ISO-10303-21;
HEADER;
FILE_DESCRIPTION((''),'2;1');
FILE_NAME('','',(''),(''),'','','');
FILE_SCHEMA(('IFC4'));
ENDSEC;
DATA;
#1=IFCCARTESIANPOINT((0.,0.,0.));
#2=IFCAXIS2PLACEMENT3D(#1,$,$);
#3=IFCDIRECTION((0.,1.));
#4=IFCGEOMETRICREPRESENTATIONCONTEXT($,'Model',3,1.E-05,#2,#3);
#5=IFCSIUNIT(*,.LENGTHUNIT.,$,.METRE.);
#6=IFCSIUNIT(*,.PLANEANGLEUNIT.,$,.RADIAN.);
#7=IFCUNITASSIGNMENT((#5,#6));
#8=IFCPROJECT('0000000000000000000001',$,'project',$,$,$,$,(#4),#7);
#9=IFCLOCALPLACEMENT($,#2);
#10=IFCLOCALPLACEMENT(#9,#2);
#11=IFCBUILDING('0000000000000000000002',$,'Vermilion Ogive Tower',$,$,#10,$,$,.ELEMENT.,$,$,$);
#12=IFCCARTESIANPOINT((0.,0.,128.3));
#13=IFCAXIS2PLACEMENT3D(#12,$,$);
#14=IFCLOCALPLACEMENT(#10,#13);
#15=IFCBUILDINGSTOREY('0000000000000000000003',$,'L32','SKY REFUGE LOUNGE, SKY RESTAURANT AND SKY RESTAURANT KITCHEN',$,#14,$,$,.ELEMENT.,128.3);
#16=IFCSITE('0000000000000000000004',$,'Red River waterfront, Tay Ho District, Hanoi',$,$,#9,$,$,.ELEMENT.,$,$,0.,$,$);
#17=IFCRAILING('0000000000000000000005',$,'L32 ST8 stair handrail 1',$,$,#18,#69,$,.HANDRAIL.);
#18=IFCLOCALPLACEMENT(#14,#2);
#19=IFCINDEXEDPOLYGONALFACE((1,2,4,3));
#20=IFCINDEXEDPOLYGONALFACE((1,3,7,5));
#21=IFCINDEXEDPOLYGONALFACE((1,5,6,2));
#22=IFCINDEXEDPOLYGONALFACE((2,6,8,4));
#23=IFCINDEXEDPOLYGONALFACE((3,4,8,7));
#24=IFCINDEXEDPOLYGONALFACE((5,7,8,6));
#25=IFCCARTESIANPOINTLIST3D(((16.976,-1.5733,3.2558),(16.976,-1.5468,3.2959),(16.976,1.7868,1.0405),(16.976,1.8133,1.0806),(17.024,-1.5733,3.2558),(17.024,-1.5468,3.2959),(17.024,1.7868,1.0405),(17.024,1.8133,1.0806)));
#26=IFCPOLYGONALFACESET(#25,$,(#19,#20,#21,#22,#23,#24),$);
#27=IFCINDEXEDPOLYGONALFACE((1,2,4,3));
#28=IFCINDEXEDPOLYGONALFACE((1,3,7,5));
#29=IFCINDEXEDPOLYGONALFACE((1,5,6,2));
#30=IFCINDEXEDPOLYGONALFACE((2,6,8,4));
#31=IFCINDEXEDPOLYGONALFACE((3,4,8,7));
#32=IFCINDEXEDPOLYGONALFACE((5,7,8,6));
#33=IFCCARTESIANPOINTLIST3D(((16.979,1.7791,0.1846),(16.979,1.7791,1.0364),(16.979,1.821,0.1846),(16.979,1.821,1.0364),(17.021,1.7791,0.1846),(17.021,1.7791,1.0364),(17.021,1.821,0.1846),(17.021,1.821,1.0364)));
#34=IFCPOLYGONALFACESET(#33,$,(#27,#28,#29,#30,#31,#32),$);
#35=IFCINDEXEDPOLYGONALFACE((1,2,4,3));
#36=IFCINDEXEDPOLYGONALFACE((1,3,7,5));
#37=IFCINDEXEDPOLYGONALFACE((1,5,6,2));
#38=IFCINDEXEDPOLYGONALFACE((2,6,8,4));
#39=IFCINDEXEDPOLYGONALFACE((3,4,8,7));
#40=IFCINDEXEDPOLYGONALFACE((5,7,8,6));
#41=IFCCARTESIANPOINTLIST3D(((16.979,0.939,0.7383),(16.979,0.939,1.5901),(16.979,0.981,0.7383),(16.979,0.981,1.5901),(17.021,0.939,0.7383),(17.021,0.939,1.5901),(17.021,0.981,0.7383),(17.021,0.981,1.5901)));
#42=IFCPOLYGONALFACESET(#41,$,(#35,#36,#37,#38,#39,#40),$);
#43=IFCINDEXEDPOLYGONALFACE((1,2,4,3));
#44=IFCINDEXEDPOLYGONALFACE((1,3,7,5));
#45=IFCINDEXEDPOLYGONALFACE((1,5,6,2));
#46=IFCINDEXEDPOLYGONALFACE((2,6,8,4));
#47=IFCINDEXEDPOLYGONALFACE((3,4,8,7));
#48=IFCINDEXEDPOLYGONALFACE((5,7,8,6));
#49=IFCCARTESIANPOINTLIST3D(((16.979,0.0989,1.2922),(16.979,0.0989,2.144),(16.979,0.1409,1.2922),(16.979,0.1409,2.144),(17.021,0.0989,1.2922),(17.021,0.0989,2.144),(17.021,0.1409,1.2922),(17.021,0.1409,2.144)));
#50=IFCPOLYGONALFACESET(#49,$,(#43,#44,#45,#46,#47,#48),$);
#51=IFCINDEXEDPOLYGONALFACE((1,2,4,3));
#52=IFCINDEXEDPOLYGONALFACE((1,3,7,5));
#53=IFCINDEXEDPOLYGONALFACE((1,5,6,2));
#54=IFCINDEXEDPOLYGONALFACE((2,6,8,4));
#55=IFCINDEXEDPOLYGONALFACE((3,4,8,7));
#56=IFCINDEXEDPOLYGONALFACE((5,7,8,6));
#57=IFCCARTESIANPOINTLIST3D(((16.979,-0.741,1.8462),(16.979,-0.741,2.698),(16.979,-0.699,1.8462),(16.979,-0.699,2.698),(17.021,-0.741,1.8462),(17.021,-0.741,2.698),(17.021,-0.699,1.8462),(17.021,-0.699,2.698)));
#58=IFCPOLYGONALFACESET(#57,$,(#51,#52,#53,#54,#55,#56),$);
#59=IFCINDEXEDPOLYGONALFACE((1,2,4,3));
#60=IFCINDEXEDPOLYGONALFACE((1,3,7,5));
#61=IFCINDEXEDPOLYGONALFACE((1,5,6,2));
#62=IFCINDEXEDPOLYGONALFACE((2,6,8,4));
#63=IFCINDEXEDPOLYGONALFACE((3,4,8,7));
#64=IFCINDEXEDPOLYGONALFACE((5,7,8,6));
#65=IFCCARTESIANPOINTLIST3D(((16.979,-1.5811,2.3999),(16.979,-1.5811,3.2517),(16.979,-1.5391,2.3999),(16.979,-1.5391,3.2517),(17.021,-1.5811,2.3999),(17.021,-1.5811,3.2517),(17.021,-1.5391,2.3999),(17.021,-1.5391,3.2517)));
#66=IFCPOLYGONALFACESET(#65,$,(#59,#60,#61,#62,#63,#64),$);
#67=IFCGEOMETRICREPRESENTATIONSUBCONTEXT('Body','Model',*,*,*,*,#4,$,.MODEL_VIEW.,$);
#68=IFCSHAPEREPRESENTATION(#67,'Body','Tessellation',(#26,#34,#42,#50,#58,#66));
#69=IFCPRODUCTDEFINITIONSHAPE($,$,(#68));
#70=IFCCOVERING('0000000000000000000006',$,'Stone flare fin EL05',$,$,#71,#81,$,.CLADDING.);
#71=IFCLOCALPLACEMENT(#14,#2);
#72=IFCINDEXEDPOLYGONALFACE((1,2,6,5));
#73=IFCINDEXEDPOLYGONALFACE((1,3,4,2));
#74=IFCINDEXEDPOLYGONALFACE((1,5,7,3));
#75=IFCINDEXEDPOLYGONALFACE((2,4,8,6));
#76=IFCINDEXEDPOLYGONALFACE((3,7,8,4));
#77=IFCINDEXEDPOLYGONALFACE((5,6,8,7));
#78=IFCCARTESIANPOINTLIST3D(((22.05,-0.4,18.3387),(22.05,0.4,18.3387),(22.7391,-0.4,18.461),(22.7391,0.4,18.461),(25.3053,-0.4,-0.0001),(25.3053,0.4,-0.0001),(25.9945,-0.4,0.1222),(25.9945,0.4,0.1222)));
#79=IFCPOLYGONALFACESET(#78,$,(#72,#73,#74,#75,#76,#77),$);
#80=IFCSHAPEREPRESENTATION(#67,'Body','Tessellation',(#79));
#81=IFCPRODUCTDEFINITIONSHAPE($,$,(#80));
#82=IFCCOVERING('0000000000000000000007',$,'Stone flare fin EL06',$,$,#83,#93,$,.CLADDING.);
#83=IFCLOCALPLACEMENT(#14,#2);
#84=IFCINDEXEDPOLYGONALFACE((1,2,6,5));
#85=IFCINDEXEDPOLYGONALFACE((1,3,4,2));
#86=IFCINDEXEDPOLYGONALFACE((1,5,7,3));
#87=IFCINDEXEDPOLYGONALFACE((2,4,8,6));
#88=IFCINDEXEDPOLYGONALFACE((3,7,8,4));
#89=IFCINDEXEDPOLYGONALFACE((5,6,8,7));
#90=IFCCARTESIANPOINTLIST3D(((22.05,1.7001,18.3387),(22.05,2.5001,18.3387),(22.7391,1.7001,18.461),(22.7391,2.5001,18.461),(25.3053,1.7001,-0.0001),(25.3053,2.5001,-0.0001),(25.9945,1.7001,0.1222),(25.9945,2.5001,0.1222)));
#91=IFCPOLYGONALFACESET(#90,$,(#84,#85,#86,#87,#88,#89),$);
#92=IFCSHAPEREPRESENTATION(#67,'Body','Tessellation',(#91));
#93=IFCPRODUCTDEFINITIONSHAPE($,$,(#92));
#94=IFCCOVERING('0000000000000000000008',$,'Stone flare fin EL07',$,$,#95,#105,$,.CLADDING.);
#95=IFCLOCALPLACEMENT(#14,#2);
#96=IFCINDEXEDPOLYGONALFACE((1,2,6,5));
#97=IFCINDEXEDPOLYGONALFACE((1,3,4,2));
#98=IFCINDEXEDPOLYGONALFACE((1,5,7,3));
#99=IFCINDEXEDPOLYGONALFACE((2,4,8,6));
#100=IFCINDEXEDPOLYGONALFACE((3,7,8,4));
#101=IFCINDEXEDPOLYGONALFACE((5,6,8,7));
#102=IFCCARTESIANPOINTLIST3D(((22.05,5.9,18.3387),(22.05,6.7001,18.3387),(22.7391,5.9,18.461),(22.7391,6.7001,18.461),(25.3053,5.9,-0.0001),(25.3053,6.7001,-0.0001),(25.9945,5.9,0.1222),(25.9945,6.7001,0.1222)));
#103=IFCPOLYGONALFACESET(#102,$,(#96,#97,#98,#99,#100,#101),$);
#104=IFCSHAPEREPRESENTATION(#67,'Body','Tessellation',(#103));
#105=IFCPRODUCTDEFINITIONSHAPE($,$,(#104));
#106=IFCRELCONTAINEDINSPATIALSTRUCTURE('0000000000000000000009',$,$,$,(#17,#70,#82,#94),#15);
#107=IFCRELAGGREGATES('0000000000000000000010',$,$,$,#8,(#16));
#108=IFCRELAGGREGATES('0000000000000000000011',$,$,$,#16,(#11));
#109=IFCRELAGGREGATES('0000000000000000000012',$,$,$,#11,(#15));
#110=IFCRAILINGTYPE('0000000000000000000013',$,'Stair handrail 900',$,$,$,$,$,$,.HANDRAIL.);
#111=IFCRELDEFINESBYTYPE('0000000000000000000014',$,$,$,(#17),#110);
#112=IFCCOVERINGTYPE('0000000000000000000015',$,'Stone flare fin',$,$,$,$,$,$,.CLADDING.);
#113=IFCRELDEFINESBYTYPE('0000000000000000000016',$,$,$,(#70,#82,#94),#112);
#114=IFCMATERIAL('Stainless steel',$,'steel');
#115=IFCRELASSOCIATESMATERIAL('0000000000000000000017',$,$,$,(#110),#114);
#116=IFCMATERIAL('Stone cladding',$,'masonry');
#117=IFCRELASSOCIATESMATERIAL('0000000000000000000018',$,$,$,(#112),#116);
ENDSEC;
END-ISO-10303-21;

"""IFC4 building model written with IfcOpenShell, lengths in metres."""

from ifc_helpers import new_model, si_unit, direction, frame, origin, origin_2d, place, context, subcontext, project, spatial, rectangle, extrude, material, material_profile, profile_set, type_object, element, save


model = new_model("IFC4")

# Units and contexts
model_context = context("Model", 3, precision=1e-05, world=origin(), true_north=direction((0.0, 1.0)))
body_context = subcontext(model_context, "Body", "Model", "MODEL_VIEW")
ifc_project = project(units=[si_unit("LENGTHUNIT", "METRE"), si_unit("PLANEANGLEUNIT", "RADIAN")], contexts=[model_context])

# Site, building, storey
site_placement = place(None, origin())
site = spatial("IfcSite", under=ifc_project, at=site_placement, Name="Red River waterfront, Tay Ho District, Hanoi", CompositionType="ELEMENT", RefElevation=0.0)
building_placement = place(site_placement, origin())
building = spatial("IfcBuilding", under=site, at=building_placement, Name="Vermilion Ogive Tower", CompositionType="ELEMENT")
storey_placement = place(building_placement, frame((0.0, 0.0, 128.3)))
storey = spatial("IfcBuildingStorey", under=building, at=storey_placement, Name="L32", Description="SKY REFUGE LOUNGE, SKY RESTAURANT AND SKY RESTAURANT KITCHEN", CompositionType="ELEMENT", Elevation=128.3)

# Railing
ifc_material_1 = material(Name="Stainless steel", Category="steel")
railing_type_1 = type_object("IfcRailingType", Name="Stair handrail 900", PredefinedType="HANDRAIL", material=ifc_material_1)
railing_1_placement = place(storey_placement, frame((17.0, 1.8, 0.1846)))
element("IfcRailing", 1, at=railing_1_placement, inside=storey, type_object=railing_type_1, Name="L32 ST8 stair handrail 1", PredefinedType="HANDRAIL", context=body_context, shape_type="SweptSolid", body=[
    extrude(rectangle(XDim=0.0481, YDim=0.0481, at=origin_2d()), frame((0.0, 0.0, 0.876), z_axis=(0.0, -0.834876, 0.550437), x_axis=(1.0, 0.0, 0.0)), (0.0, 0.0, 1.0), 4.0247),
    extrude(rectangle(XDim=0.042, YDim=0.042, at=origin_2d()), origin(), (0.0, 0.0, 1.0), 0.8518),
    extrude(rectangle(XDim=0.042, YDim=0.042, at=origin_2d()), frame((0.0, -0.8401, 0.5537)), (0.0, 0.0, 1.0), 0.8518),
    extrude(rectangle(XDim=0.042, YDim=0.042, at=origin_2d()), frame((0.0, -1.6802, 1.1077)), (0.0, 0.0, 1.0), 0.8518),
    extrude(rectangle(XDim=0.042, YDim=0.042, at=origin_2d()), frame((0.0, -2.52, 1.6616)), (0.0, 0.0, 1.0), 0.8518),
    extrude(rectangle(XDim=0.042, YDim=0.042, at=origin_2d()), frame((0.0, -3.3601, 2.2153)), (0.0, 0.0, 1.0), 0.8518),
])

# Coverings
ifc_material_2 = material(Name="Stone cladding", Category="masonry")
ifc_material_profile_1 = material_profile(ifc_material_2, rectangle(XDim=0.8, YDim=0.7, at=origin_2d()), Name="STONE 800x700")
ifc_profile_set_1 = profile_set([ifc_material_profile_1], Name="Stone cladding")
covering_type = type_object("IfcCoveringType", Name="Stone flare fin", PredefinedType="CLADDING", material=ifc_profile_set_1)
for number, where, z_axis, x_axis, name in (
    (2, (25.6499, 0.0, 0.061), (-0.17478, 0.0, 0.984608), (0.0, -1.0, 0.0), "Stone flare fin EL05"),
    (3, (25.6499, 2.1001, 0.061), (-0.17478, 0.0, 0.984608), (0.0, -1.0, 0.0), "Stone flare fin EL06"),
    (4, (25.6499, 6.3, 0.061), (-0.17478, 0.0, 0.984608), (0.0, -1.0, 0.0), "Stone flare fin EL07"),
):
    element("IfcCovering", number, at=place(storey_placement, frame(where, z_axis=z_axis, x_axis=x_axis)), inside=storey, type_object=covering_type, Name=name, PredefinedType="CLADDING", context=body_context, shape_type="SweptSolid", body=[
        extrude(rectangle(XDim=0.8, YDim=0.7, at=origin_2d()), origin(), (0.0, 0.0, 1.0), 18.6255),
    ])

save(model, "model.ifc")
